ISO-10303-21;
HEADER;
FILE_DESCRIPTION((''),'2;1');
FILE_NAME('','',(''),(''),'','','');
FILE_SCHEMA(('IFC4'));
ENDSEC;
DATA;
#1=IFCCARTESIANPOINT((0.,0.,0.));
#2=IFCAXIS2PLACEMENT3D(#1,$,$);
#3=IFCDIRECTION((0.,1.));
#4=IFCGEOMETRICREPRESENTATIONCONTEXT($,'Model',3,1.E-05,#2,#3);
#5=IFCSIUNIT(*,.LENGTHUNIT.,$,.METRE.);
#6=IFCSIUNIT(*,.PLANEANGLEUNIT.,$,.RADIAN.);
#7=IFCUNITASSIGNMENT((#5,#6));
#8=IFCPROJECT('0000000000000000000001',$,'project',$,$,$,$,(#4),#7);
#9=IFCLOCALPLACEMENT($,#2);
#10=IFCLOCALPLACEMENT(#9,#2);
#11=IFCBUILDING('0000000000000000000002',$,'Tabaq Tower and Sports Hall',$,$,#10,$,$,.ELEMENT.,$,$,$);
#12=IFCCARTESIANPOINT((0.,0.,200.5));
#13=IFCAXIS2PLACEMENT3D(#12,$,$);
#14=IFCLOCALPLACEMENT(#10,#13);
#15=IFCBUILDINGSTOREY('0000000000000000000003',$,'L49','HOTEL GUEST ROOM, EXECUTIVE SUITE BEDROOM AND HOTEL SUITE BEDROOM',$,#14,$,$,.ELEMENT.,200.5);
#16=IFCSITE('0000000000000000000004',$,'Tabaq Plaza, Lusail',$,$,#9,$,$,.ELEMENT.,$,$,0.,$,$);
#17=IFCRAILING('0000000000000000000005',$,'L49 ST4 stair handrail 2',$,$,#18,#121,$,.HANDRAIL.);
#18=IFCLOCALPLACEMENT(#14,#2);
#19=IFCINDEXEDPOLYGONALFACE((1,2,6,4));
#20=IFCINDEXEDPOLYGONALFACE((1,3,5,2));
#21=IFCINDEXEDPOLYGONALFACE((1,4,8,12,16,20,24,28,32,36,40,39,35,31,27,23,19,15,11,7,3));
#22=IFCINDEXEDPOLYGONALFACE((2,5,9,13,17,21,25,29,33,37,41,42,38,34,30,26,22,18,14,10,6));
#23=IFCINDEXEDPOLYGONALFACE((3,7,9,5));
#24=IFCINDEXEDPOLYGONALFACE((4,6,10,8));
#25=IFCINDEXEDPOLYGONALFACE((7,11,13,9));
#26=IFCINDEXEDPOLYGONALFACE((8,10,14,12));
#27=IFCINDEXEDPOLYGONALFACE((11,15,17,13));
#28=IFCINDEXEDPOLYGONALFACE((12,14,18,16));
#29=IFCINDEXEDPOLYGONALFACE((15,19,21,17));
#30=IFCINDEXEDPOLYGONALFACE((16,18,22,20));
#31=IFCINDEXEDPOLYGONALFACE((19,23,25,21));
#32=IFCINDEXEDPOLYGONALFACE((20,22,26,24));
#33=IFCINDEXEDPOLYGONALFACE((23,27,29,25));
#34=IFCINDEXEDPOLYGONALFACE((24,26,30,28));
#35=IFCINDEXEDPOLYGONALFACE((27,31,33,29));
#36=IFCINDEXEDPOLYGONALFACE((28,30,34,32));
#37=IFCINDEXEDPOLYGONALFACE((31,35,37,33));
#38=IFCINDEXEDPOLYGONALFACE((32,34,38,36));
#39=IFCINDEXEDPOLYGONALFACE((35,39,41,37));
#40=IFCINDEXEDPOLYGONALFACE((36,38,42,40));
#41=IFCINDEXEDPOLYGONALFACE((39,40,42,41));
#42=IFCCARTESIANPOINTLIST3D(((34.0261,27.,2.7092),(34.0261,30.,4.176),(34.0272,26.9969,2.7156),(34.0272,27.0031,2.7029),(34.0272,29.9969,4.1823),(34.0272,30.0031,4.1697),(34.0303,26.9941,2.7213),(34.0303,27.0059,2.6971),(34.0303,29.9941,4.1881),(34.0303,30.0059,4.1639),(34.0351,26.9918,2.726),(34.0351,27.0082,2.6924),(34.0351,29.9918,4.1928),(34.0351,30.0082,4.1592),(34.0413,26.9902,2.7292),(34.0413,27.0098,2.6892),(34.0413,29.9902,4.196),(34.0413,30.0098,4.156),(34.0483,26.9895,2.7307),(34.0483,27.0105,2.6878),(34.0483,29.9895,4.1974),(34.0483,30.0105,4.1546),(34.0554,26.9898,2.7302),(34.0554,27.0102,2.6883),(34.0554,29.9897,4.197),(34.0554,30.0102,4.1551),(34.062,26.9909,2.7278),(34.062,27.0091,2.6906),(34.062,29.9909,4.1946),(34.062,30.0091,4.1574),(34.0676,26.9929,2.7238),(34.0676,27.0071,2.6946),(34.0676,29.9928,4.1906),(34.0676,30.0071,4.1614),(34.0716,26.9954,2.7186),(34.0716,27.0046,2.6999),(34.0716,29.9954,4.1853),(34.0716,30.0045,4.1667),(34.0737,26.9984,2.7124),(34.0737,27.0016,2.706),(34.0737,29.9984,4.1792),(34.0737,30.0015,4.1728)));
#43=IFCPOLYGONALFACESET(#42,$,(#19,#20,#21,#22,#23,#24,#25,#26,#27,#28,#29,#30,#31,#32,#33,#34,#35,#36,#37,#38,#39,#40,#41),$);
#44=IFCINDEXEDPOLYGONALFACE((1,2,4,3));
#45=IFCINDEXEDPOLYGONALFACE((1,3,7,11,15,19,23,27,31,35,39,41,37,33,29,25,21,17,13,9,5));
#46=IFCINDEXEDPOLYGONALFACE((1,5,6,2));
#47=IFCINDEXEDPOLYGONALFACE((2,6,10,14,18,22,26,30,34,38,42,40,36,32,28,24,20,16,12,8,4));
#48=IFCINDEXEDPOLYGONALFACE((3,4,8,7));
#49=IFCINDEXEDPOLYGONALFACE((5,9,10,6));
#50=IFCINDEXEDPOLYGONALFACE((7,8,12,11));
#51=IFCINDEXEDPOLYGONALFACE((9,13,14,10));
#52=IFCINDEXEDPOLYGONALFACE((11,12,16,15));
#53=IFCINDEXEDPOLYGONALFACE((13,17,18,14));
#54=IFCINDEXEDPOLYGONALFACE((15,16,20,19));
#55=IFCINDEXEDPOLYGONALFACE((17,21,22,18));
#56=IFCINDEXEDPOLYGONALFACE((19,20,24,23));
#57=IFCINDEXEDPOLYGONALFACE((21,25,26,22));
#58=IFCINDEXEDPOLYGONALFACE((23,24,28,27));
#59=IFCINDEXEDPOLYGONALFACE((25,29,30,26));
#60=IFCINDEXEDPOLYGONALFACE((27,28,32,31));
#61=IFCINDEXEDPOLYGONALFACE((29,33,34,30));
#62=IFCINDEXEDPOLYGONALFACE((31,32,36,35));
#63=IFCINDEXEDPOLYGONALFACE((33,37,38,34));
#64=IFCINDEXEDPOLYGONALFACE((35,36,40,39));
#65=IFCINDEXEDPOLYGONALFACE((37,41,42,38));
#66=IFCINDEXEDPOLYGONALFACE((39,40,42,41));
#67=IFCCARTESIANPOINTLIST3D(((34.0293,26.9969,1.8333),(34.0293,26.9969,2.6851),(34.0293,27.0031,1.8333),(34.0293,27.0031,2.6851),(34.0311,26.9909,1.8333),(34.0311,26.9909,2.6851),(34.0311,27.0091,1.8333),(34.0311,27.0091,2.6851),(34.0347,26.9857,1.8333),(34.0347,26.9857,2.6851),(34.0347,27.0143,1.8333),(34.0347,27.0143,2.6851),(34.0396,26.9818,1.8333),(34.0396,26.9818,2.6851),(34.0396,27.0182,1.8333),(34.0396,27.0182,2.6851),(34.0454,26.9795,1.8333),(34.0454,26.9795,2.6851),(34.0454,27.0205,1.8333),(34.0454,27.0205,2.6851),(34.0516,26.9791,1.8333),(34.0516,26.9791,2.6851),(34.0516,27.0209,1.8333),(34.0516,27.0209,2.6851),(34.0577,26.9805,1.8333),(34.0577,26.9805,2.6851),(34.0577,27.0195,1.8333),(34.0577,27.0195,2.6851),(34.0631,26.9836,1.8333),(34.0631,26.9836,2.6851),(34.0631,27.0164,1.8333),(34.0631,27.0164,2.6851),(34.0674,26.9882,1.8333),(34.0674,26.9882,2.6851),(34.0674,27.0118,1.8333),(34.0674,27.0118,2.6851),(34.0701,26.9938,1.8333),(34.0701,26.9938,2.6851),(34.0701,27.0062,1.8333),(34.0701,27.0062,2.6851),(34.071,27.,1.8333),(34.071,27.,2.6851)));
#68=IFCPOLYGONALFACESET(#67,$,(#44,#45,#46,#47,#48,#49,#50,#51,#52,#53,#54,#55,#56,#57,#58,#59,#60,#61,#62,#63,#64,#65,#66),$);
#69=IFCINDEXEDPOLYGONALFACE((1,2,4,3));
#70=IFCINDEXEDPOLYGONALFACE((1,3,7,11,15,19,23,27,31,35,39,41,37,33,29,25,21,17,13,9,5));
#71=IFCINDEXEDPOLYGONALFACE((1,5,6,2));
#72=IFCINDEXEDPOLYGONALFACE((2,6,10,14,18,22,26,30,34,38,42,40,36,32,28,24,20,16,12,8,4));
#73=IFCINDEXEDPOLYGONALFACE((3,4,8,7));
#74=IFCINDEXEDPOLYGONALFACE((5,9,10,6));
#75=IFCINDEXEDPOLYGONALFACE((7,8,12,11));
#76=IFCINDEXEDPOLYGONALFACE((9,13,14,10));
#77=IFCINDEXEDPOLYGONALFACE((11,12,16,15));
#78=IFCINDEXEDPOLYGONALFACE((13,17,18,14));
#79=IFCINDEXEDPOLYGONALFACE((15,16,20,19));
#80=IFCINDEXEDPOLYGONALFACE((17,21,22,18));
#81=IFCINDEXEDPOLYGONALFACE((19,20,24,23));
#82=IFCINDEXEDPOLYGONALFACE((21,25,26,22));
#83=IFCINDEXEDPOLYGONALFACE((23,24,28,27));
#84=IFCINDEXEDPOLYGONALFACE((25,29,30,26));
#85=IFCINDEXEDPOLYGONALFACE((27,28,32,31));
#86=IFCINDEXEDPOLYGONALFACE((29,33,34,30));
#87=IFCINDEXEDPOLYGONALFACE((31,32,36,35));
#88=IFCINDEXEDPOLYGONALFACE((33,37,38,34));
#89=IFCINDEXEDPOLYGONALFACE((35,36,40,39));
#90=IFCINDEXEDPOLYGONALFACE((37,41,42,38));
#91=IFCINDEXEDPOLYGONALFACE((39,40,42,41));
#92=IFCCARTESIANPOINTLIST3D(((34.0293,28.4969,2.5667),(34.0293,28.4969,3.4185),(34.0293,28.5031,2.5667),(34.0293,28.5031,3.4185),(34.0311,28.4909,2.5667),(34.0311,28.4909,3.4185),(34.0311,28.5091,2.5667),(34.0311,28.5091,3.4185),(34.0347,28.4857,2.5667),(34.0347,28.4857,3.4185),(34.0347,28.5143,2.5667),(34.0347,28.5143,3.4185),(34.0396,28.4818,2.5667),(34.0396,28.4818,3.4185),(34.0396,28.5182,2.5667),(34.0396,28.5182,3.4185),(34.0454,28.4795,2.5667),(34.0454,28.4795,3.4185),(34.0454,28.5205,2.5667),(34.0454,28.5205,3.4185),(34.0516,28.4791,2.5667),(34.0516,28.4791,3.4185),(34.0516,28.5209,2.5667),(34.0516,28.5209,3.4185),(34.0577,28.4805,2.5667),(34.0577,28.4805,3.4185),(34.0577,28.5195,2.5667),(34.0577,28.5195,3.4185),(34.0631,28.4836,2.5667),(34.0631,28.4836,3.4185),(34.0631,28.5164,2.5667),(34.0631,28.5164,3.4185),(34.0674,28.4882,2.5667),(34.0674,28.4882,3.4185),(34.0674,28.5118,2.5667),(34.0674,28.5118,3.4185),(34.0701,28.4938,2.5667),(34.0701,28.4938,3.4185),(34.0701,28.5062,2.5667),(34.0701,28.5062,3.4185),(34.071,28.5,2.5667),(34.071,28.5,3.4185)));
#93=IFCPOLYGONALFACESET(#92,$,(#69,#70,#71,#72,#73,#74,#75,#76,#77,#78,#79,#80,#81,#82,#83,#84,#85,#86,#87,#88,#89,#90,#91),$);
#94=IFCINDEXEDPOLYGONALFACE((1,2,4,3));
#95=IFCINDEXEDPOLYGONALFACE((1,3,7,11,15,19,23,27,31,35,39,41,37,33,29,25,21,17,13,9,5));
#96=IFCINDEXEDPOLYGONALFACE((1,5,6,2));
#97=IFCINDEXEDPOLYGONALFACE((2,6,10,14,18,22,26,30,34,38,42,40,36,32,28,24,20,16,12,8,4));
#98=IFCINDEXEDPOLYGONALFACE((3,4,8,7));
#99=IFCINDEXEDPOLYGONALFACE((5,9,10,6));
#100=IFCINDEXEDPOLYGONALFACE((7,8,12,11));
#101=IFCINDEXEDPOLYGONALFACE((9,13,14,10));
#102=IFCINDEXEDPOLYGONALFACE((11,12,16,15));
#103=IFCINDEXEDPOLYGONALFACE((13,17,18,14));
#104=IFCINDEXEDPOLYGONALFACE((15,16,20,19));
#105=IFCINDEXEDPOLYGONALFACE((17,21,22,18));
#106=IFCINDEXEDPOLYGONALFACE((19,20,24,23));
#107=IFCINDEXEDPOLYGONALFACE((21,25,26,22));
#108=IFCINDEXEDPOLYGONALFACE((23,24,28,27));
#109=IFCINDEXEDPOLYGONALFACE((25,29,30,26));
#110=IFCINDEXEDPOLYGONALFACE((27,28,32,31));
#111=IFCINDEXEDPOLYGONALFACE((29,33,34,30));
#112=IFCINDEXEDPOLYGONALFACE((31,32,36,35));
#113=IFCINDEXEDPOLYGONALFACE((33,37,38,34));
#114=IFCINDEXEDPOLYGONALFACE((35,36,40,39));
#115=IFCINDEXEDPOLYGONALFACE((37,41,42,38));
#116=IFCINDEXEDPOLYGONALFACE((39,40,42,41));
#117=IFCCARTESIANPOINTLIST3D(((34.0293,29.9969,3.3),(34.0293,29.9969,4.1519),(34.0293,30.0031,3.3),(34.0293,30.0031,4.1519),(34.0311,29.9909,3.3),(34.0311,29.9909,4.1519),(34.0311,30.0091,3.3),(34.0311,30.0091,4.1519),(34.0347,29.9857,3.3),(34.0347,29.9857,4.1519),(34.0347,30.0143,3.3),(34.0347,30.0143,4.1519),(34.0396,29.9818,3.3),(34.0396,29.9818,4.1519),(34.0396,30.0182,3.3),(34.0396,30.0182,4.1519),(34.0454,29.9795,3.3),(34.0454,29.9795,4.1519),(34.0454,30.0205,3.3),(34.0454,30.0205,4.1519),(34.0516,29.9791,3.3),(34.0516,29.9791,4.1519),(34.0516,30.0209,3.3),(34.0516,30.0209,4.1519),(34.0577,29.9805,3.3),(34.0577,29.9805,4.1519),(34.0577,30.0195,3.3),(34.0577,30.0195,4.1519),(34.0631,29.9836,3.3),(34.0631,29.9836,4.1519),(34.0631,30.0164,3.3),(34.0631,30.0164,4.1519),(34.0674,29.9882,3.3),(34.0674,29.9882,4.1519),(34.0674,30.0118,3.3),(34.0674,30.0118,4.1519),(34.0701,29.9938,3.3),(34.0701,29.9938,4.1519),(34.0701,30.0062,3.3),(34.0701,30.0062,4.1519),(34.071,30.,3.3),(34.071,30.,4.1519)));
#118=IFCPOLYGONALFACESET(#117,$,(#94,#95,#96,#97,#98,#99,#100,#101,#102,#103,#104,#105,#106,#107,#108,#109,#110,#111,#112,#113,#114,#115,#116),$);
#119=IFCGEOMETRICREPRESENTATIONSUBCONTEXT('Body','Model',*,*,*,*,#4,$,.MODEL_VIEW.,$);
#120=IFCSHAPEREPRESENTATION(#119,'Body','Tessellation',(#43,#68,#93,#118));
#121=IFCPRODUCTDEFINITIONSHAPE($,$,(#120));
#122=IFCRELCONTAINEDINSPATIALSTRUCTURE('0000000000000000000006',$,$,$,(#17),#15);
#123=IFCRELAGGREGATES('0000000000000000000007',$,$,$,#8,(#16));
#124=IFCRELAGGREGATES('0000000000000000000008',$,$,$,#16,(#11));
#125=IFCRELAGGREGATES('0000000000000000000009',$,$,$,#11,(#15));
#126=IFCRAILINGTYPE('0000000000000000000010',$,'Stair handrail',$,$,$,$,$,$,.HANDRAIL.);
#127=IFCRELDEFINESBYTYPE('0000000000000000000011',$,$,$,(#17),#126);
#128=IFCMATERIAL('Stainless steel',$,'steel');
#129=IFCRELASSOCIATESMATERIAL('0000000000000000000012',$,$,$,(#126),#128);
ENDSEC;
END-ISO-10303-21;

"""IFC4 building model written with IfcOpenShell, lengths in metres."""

from ifc_helpers import new_model, si_unit, direction, frame, origin, origin_2d, place, context, subcontext, project, spatial, circle, extrude, material, type_object, element, save


model = new_model("IFC4")

# Units and contexts
model_context = context("Model", 3, precision=1e-05, world=origin(), true_north=direction((0.0, 1.0)))
body_context = subcontext(model_context, "Body", "Model", "MODEL_VIEW")
ifc_project = project(units=[si_unit("LENGTHUNIT", "METRE"), si_unit("PLANEANGLEUNIT", "RADIAN")], contexts=[model_context])

# Site, building, storey
site_placement = place(None, origin())
site = spatial("IfcSite", under=ifc_project, at=site_placement, Name="Tabaq Plaza, Lusail", CompositionType="ELEMENT", RefElevation=0.0)
building_placement = place(site_placement, origin())
building = spatial("IfcBuilding", under=site, at=building_placement, Name="Tabaq Tower and Sports Hall", CompositionType="ELEMENT")
storey_placement = place(building_placement, frame((0.0, 0.0, 200.5)))
storey = spatial("IfcBuildingStorey", under=building, at=storey_placement, Name="L49", Description="HOTEL GUEST ROOM, EXECUTIVE SUITE BEDROOM AND HOTEL SUITE BEDROOM", CompositionType="ELEMENT", Elevation=200.5)

# Railing
ifc_material_1 = material(Name="Stainless steel", Category="steel")
railing_type = type_object("IfcRailingType", Name="Stair handrail", PredefinedType="HANDRAIL", material=ifc_material_1)
railing_1_placement = place(storey_placement, frame((34.05, 27.0, 1.8333)))
element("IfcRailing", 1, at=railing_1_placement, inside=storey, type_object=railing_type, Name="L49 ST4 stair handrail 2", PredefinedType="HANDRAIL", context=body_context, shape_type="SweptSolid", body=[
    extrude(circle(Radius=0.0239, at=origin_2d()), frame((0.0, 0.0, 0.876), z_axis=(0.0, 0.898369, 0.439242), x_axis=(-1.0, 0.0, 0.0)), (0.0, 0.0, 1.0), 3.3394),
    extrude(circle(Radius=0.021, at=origin_2d()), origin(), (0.0, 0.0, 1.0), 0.8518),
    extrude(circle(Radius=0.021, at=origin_2d()), frame((0.0, 1.5, 0.7334)), (0.0, 0.0, 1.0), 0.8518),
    extrude(circle(Radius=0.021, at=origin_2d()), frame((0.0, 3.0, 1.4668)), (0.0, 0.0, 1.0), 0.8518),
])

save(model, "model.ifc")
